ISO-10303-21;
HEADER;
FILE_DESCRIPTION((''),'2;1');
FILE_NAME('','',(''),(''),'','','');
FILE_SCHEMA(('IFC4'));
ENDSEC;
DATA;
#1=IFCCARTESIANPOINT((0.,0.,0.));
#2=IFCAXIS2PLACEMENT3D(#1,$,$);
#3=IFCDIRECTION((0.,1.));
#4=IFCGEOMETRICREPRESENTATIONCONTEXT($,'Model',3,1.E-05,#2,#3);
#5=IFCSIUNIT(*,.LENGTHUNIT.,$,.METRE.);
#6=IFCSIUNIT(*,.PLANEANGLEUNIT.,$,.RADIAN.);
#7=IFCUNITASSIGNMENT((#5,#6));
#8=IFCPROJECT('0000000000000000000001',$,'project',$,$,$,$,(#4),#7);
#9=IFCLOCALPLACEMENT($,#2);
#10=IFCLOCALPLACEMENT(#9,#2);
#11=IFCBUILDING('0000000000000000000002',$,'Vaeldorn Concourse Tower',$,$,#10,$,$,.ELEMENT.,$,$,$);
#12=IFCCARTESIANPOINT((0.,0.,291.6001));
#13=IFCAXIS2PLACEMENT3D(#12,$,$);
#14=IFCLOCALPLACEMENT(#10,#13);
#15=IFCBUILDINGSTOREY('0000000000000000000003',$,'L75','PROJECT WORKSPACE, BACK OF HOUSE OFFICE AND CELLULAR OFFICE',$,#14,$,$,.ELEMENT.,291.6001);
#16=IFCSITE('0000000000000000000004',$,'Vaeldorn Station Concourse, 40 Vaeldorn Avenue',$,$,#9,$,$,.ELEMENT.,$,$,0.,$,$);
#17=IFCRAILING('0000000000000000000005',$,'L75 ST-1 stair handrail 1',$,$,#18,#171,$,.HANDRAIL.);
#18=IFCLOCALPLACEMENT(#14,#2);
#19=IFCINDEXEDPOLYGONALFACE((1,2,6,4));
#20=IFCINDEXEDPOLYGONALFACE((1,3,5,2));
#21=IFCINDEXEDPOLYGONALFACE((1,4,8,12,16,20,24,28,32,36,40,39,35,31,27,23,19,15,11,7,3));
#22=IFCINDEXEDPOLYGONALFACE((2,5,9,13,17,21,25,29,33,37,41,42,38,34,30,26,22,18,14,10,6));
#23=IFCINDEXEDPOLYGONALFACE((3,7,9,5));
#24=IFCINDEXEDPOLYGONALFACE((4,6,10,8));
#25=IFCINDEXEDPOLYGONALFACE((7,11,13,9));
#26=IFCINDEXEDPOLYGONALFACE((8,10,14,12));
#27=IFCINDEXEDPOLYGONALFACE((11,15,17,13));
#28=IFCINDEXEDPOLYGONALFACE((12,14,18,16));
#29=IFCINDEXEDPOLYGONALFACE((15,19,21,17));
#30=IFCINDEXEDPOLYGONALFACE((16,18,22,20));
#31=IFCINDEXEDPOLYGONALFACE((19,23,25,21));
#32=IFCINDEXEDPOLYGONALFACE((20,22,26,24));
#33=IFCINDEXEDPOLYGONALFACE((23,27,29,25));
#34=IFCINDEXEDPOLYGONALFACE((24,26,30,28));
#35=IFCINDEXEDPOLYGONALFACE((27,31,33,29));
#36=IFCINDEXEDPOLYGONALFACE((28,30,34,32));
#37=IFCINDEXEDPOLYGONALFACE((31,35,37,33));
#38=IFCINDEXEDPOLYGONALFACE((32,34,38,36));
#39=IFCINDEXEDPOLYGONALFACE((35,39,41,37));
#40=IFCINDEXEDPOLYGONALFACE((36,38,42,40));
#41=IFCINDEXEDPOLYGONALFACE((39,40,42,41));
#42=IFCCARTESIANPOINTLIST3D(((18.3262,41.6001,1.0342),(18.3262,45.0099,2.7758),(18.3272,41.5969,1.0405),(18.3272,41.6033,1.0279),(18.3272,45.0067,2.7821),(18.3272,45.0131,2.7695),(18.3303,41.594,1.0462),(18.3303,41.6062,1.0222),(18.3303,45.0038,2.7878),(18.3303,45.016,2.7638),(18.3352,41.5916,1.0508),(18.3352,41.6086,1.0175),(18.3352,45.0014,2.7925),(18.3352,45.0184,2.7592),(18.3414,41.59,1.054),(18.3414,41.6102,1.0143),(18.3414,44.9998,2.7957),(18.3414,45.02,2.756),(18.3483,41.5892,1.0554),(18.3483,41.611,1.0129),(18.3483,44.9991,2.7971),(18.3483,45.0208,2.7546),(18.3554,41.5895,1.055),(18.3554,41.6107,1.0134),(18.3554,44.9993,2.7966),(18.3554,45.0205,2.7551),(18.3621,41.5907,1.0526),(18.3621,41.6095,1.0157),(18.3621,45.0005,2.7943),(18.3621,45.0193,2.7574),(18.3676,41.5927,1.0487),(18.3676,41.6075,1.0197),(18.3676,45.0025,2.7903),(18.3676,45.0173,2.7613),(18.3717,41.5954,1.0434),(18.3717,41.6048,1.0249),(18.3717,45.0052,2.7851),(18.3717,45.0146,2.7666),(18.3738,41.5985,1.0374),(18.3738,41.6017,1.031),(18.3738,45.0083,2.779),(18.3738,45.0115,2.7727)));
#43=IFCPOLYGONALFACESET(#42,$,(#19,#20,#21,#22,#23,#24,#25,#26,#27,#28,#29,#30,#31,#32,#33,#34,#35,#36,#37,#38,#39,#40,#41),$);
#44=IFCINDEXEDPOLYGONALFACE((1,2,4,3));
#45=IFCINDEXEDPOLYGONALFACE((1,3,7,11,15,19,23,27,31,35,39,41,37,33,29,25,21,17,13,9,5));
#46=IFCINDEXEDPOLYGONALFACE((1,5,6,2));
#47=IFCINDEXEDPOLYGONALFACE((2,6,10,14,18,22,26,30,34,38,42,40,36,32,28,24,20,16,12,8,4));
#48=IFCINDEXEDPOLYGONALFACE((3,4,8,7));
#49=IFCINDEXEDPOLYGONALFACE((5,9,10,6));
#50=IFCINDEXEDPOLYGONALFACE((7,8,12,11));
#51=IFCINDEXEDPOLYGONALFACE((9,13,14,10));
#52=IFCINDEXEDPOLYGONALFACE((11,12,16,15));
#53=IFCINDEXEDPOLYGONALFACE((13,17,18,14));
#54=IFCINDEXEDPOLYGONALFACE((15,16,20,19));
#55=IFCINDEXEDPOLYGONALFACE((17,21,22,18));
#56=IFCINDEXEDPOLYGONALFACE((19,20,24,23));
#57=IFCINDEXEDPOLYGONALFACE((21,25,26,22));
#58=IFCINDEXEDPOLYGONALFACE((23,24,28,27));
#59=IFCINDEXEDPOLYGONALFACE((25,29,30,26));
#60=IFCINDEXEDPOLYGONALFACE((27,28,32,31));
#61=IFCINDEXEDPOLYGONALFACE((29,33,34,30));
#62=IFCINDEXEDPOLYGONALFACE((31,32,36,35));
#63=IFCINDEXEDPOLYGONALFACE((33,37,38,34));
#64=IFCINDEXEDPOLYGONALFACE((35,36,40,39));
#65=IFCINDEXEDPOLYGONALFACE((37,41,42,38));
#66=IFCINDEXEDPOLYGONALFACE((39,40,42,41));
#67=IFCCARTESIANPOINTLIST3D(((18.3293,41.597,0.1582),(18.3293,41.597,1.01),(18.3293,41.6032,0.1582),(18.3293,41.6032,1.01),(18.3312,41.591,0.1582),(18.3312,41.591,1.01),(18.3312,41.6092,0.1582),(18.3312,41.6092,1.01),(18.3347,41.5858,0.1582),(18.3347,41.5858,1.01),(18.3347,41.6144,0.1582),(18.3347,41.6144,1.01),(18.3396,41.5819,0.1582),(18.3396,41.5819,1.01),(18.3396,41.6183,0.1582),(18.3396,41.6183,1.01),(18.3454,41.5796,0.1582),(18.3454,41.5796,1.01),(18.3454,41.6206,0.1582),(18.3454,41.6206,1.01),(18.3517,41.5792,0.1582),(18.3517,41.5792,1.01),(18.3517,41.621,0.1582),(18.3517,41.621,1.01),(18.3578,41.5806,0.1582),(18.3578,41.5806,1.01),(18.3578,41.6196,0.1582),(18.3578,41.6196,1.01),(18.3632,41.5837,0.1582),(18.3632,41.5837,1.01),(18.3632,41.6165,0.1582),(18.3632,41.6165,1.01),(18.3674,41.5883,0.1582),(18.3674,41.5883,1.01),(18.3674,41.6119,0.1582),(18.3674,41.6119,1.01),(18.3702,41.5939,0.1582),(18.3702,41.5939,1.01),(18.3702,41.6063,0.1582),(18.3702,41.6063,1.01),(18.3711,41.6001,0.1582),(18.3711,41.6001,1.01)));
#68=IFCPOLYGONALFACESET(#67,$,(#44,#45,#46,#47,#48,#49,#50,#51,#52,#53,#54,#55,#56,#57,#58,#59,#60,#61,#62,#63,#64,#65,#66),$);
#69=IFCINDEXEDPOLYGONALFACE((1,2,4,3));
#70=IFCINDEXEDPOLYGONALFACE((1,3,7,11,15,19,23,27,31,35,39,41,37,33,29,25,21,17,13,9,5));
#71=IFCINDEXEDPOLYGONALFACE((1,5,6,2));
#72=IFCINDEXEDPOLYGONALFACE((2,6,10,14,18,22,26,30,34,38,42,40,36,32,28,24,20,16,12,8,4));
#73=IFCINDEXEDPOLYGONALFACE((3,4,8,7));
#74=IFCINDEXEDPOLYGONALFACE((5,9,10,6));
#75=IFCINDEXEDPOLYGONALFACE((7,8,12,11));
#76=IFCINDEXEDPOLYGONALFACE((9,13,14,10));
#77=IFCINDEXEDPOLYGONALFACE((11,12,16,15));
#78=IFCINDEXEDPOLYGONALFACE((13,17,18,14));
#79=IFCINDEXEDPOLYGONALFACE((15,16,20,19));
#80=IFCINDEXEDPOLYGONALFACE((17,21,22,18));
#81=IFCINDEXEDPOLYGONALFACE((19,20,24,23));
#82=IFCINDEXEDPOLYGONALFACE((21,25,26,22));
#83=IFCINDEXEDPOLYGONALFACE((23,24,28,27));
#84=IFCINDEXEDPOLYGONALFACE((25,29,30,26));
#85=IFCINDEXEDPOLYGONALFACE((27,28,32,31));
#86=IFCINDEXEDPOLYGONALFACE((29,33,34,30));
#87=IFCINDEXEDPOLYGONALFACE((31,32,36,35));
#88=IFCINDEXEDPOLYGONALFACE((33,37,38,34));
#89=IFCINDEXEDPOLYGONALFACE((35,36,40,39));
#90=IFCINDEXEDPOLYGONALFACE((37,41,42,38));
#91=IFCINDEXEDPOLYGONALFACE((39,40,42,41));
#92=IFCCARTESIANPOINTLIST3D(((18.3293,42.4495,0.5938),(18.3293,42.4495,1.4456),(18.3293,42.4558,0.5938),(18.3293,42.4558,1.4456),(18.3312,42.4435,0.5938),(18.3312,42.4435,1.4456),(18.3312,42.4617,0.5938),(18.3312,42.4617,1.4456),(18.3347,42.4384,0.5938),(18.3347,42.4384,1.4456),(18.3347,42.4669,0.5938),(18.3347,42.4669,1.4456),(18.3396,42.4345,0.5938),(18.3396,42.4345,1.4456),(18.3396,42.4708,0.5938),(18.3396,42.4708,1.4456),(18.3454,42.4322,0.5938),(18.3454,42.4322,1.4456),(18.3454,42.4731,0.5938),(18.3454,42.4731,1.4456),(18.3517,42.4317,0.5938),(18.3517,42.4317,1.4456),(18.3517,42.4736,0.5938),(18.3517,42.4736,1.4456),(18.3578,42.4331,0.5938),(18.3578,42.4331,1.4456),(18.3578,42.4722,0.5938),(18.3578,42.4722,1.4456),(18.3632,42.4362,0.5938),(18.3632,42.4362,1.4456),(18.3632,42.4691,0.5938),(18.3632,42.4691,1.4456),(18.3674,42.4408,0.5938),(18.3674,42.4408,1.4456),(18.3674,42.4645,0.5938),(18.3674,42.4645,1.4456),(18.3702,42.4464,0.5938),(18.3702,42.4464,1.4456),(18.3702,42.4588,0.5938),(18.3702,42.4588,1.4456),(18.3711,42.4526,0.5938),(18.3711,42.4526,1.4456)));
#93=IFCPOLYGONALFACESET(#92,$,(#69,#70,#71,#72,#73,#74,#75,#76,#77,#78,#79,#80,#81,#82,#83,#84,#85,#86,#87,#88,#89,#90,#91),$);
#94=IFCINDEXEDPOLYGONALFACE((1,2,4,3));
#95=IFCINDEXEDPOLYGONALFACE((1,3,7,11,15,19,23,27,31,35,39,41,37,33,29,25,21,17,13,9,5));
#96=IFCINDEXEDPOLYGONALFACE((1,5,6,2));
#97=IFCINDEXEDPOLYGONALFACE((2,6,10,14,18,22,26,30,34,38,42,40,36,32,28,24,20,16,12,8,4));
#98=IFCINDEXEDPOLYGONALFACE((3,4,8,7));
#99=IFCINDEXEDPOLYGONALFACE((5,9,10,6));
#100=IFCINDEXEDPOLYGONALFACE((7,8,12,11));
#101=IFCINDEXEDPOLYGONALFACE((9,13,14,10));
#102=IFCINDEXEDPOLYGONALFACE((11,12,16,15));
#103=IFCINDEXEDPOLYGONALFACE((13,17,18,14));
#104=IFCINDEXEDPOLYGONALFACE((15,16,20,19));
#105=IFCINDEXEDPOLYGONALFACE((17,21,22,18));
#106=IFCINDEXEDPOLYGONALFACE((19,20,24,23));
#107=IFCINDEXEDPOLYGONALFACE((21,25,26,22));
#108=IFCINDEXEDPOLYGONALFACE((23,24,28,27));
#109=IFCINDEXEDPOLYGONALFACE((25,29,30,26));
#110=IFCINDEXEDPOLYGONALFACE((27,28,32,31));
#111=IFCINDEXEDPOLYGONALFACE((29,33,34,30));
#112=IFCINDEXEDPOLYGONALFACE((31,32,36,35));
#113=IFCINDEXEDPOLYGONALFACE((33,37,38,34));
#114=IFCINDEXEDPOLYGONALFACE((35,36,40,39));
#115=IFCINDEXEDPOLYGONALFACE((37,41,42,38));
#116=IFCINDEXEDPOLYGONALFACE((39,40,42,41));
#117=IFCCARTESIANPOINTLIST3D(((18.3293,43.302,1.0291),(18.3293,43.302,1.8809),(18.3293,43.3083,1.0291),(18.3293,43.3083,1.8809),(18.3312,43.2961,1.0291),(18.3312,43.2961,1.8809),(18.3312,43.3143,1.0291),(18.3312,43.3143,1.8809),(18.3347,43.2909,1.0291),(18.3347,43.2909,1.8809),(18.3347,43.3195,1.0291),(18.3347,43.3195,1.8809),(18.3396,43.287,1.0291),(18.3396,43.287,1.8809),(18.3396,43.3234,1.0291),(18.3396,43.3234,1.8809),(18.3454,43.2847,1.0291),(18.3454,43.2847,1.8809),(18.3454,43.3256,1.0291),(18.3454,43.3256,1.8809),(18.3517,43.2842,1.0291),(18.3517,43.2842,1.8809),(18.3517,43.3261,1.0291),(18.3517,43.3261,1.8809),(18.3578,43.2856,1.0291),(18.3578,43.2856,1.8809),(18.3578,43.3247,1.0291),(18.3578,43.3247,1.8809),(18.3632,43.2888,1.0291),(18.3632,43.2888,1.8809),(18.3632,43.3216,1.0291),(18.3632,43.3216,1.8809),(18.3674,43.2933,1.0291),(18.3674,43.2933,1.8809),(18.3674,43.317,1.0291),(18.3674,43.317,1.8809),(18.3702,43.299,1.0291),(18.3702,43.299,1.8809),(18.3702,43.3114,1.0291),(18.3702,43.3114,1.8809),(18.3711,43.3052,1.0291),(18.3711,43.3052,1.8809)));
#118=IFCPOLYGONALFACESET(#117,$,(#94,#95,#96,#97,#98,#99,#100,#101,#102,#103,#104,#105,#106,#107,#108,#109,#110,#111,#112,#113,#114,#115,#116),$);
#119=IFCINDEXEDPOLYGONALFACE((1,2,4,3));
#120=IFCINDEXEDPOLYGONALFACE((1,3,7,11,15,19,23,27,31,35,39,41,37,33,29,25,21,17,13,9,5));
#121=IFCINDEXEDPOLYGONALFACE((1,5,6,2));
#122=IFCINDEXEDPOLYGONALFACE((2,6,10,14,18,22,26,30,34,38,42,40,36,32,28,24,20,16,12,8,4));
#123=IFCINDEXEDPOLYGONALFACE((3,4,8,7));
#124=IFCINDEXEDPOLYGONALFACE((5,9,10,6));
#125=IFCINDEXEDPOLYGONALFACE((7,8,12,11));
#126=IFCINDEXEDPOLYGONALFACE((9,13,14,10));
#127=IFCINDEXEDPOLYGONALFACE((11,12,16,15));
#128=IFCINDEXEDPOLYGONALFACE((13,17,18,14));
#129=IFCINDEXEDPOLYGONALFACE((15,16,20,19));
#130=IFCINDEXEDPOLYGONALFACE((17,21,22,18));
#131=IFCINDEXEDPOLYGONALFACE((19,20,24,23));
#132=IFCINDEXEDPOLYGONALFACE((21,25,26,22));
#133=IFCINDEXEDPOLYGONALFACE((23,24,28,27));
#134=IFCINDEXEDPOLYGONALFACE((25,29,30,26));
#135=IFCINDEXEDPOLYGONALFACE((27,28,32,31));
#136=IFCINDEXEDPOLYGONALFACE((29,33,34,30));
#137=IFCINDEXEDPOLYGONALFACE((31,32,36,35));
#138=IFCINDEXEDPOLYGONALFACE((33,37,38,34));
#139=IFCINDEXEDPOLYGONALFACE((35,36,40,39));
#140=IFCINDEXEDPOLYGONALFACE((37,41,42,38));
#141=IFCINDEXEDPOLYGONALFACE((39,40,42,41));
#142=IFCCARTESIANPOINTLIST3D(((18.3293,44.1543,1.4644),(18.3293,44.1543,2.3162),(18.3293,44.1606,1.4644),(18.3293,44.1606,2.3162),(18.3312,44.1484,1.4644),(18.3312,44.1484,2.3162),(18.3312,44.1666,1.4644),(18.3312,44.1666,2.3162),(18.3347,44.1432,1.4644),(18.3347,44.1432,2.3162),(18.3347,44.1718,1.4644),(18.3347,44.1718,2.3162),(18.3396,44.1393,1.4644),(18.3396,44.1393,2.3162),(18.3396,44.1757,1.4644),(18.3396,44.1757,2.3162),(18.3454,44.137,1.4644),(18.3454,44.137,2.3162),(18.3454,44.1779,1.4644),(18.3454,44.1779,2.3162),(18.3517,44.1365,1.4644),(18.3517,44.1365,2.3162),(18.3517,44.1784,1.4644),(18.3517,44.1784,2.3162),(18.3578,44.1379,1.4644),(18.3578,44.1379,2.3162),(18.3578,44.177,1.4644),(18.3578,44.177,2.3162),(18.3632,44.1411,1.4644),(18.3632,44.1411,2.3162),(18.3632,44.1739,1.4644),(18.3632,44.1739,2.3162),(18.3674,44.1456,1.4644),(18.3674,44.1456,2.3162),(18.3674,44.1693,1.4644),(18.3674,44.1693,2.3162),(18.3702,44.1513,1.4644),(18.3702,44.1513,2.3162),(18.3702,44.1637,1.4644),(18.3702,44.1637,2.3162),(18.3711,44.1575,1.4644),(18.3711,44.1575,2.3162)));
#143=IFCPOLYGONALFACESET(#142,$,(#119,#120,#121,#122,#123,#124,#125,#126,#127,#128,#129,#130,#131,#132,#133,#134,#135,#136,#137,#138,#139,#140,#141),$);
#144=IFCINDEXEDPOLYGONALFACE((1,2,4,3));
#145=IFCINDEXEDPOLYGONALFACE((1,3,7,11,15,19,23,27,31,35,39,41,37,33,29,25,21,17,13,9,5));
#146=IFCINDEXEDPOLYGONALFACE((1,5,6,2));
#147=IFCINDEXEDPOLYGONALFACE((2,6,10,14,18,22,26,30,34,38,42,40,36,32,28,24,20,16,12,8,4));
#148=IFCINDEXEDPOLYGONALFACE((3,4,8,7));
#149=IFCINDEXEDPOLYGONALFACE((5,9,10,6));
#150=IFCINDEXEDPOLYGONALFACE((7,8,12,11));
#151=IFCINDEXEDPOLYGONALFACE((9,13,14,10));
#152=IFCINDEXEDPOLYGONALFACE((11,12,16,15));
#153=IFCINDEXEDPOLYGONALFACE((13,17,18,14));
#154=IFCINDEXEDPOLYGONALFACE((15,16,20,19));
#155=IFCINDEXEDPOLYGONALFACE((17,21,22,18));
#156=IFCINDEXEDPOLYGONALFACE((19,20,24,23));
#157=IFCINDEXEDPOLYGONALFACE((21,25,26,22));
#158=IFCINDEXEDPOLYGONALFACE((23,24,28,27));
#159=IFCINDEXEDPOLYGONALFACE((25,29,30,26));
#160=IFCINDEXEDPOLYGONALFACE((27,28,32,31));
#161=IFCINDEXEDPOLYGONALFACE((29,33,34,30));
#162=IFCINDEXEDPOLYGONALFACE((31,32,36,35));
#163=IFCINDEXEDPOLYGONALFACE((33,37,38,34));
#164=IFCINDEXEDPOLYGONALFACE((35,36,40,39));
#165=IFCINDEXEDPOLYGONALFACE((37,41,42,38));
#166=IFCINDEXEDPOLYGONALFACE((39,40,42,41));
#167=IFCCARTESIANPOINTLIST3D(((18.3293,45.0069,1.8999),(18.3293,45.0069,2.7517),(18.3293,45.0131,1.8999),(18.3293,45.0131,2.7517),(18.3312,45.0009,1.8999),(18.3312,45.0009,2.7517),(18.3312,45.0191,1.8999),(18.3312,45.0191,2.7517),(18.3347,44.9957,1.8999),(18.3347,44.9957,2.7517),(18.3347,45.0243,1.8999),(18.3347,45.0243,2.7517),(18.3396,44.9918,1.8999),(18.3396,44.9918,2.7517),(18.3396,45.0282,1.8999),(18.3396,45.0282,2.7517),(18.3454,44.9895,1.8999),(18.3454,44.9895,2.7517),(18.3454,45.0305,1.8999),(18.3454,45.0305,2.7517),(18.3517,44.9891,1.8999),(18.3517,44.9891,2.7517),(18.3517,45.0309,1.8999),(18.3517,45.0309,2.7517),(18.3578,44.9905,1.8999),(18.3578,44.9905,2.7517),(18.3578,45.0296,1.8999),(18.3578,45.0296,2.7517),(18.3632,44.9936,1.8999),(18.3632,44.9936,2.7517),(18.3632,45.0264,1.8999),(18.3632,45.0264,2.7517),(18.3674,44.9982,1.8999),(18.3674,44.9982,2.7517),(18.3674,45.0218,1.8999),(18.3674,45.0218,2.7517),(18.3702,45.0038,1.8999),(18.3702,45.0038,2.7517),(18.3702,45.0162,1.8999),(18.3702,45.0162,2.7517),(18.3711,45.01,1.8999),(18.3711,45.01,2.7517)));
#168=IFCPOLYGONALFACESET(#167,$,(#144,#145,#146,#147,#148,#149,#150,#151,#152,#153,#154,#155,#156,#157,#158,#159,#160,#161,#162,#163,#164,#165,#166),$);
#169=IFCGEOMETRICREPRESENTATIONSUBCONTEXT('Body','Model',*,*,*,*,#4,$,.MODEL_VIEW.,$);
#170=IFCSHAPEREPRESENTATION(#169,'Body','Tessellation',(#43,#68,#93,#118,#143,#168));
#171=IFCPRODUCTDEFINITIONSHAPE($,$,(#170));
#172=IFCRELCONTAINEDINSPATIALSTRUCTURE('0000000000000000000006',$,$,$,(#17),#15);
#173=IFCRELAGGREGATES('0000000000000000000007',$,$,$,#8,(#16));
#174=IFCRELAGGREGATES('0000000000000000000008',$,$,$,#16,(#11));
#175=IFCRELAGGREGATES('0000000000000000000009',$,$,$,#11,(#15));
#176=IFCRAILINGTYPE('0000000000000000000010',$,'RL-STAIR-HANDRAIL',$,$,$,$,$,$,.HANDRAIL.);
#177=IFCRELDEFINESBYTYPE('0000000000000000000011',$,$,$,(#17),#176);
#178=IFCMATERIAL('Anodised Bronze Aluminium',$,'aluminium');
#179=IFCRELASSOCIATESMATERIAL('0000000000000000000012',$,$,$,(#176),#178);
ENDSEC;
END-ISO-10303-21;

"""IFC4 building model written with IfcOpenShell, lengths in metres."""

from ifc_helpers import new_model, si_unit, direction, frame, origin, origin_2d, place, context, subcontext, project, spatial, circle, extrude, material, type_object, element, save


model = new_model("IFC4")

# Units and contexts
model_context = context("Model", 3, precision=1e-05, world=origin(), true_north=direction((0.0, 1.0)))
body_context = subcontext(model_context, "Body", "Model", "MODEL_VIEW")
ifc_project = project(units=[si_unit("LENGTHUNIT", "METRE"), si_unit("PLANEANGLEUNIT", "RADIAN")], contexts=[model_context])

# Site, building, storey
site_placement = place(None, origin())
site = spatial("IfcSite", under=ifc_project, at=site_placement, Name="Vaeldorn Station Concourse, 40 Vaeldorn Avenue", CompositionType="ELEMENT", RefElevation=0.0)
building_placement = place(site_placement, origin())
building = spatial("IfcBuilding", under=site, at=building_placement, Name="Vaeldorn Concourse Tower", CompositionType="ELEMENT")
storey_placement = place(building_placement, frame((0.0, 0.0, 291.6001)))
storey = spatial("IfcBuildingStorey", under=building, at=storey_placement, Name="L75", Description="PROJECT WORKSPACE, BACK OF HOUSE OFFICE AND CELLULAR OFFICE", CompositionType="ELEMENT", Elevation=291.6001)

# Shared definitions
ifc_material_1 = material(Name="Anodised Bronze Aluminium", Category="aluminium")

# Railing
railing_type_1 = type_object("IfcRailingType", Name="RL-STAIR-HANDRAIL", PredefinedType="HANDRAIL", material=ifc_material_1)
railing_1_placement = place(storey_placement, frame((18.3501, 41.6001, 0.1582)))
element("IfcRailing", 1, at=railing_1_placement, inside=storey, type_object=railing_type_1, Name="L75 ST-1 stair handrail 1", PredefinedType="HANDRAIL", context=body_context, shape_type="SweptSolid", body=[
    extrude(circle(Radius=0.0239, at=origin_2d()), frame((0.0, 0.0, 0.876), z_axis=(0.0, 0.890556, 0.454874), x_axis=(-1.0, 0.0, 0.0)), (0.0, 0.0, 1.0), 3.8289),
    extrude(circle(Radius=0.021, at=origin_2d()), origin(), (0.0, 0.0, 1.0), 0.8518),
    extrude(circle(Radius=0.021, at=origin_2d()), frame((0.0, 0.8525, 0.4355)), (0.0, 0.0, 1.0), 0.8518),
    extrude(circle(Radius=0.021, at=origin_2d()), frame((0.0, 1.7051, 0.8708)), (0.0, 0.0, 1.0), 0.8518),
    extrude(circle(Radius=0.021, at=origin_2d()), frame((0.0, 2.5574, 1.3062)), (0.0, 0.0, 1.0), 0.8518),
    extrude(circle(Radius=0.021, at=origin_2d()), frame((0.0, 3.4099, 1.7417)), (0.0, 0.0, 1.0), 0.8518),
])

save(model, "model.ifc")
